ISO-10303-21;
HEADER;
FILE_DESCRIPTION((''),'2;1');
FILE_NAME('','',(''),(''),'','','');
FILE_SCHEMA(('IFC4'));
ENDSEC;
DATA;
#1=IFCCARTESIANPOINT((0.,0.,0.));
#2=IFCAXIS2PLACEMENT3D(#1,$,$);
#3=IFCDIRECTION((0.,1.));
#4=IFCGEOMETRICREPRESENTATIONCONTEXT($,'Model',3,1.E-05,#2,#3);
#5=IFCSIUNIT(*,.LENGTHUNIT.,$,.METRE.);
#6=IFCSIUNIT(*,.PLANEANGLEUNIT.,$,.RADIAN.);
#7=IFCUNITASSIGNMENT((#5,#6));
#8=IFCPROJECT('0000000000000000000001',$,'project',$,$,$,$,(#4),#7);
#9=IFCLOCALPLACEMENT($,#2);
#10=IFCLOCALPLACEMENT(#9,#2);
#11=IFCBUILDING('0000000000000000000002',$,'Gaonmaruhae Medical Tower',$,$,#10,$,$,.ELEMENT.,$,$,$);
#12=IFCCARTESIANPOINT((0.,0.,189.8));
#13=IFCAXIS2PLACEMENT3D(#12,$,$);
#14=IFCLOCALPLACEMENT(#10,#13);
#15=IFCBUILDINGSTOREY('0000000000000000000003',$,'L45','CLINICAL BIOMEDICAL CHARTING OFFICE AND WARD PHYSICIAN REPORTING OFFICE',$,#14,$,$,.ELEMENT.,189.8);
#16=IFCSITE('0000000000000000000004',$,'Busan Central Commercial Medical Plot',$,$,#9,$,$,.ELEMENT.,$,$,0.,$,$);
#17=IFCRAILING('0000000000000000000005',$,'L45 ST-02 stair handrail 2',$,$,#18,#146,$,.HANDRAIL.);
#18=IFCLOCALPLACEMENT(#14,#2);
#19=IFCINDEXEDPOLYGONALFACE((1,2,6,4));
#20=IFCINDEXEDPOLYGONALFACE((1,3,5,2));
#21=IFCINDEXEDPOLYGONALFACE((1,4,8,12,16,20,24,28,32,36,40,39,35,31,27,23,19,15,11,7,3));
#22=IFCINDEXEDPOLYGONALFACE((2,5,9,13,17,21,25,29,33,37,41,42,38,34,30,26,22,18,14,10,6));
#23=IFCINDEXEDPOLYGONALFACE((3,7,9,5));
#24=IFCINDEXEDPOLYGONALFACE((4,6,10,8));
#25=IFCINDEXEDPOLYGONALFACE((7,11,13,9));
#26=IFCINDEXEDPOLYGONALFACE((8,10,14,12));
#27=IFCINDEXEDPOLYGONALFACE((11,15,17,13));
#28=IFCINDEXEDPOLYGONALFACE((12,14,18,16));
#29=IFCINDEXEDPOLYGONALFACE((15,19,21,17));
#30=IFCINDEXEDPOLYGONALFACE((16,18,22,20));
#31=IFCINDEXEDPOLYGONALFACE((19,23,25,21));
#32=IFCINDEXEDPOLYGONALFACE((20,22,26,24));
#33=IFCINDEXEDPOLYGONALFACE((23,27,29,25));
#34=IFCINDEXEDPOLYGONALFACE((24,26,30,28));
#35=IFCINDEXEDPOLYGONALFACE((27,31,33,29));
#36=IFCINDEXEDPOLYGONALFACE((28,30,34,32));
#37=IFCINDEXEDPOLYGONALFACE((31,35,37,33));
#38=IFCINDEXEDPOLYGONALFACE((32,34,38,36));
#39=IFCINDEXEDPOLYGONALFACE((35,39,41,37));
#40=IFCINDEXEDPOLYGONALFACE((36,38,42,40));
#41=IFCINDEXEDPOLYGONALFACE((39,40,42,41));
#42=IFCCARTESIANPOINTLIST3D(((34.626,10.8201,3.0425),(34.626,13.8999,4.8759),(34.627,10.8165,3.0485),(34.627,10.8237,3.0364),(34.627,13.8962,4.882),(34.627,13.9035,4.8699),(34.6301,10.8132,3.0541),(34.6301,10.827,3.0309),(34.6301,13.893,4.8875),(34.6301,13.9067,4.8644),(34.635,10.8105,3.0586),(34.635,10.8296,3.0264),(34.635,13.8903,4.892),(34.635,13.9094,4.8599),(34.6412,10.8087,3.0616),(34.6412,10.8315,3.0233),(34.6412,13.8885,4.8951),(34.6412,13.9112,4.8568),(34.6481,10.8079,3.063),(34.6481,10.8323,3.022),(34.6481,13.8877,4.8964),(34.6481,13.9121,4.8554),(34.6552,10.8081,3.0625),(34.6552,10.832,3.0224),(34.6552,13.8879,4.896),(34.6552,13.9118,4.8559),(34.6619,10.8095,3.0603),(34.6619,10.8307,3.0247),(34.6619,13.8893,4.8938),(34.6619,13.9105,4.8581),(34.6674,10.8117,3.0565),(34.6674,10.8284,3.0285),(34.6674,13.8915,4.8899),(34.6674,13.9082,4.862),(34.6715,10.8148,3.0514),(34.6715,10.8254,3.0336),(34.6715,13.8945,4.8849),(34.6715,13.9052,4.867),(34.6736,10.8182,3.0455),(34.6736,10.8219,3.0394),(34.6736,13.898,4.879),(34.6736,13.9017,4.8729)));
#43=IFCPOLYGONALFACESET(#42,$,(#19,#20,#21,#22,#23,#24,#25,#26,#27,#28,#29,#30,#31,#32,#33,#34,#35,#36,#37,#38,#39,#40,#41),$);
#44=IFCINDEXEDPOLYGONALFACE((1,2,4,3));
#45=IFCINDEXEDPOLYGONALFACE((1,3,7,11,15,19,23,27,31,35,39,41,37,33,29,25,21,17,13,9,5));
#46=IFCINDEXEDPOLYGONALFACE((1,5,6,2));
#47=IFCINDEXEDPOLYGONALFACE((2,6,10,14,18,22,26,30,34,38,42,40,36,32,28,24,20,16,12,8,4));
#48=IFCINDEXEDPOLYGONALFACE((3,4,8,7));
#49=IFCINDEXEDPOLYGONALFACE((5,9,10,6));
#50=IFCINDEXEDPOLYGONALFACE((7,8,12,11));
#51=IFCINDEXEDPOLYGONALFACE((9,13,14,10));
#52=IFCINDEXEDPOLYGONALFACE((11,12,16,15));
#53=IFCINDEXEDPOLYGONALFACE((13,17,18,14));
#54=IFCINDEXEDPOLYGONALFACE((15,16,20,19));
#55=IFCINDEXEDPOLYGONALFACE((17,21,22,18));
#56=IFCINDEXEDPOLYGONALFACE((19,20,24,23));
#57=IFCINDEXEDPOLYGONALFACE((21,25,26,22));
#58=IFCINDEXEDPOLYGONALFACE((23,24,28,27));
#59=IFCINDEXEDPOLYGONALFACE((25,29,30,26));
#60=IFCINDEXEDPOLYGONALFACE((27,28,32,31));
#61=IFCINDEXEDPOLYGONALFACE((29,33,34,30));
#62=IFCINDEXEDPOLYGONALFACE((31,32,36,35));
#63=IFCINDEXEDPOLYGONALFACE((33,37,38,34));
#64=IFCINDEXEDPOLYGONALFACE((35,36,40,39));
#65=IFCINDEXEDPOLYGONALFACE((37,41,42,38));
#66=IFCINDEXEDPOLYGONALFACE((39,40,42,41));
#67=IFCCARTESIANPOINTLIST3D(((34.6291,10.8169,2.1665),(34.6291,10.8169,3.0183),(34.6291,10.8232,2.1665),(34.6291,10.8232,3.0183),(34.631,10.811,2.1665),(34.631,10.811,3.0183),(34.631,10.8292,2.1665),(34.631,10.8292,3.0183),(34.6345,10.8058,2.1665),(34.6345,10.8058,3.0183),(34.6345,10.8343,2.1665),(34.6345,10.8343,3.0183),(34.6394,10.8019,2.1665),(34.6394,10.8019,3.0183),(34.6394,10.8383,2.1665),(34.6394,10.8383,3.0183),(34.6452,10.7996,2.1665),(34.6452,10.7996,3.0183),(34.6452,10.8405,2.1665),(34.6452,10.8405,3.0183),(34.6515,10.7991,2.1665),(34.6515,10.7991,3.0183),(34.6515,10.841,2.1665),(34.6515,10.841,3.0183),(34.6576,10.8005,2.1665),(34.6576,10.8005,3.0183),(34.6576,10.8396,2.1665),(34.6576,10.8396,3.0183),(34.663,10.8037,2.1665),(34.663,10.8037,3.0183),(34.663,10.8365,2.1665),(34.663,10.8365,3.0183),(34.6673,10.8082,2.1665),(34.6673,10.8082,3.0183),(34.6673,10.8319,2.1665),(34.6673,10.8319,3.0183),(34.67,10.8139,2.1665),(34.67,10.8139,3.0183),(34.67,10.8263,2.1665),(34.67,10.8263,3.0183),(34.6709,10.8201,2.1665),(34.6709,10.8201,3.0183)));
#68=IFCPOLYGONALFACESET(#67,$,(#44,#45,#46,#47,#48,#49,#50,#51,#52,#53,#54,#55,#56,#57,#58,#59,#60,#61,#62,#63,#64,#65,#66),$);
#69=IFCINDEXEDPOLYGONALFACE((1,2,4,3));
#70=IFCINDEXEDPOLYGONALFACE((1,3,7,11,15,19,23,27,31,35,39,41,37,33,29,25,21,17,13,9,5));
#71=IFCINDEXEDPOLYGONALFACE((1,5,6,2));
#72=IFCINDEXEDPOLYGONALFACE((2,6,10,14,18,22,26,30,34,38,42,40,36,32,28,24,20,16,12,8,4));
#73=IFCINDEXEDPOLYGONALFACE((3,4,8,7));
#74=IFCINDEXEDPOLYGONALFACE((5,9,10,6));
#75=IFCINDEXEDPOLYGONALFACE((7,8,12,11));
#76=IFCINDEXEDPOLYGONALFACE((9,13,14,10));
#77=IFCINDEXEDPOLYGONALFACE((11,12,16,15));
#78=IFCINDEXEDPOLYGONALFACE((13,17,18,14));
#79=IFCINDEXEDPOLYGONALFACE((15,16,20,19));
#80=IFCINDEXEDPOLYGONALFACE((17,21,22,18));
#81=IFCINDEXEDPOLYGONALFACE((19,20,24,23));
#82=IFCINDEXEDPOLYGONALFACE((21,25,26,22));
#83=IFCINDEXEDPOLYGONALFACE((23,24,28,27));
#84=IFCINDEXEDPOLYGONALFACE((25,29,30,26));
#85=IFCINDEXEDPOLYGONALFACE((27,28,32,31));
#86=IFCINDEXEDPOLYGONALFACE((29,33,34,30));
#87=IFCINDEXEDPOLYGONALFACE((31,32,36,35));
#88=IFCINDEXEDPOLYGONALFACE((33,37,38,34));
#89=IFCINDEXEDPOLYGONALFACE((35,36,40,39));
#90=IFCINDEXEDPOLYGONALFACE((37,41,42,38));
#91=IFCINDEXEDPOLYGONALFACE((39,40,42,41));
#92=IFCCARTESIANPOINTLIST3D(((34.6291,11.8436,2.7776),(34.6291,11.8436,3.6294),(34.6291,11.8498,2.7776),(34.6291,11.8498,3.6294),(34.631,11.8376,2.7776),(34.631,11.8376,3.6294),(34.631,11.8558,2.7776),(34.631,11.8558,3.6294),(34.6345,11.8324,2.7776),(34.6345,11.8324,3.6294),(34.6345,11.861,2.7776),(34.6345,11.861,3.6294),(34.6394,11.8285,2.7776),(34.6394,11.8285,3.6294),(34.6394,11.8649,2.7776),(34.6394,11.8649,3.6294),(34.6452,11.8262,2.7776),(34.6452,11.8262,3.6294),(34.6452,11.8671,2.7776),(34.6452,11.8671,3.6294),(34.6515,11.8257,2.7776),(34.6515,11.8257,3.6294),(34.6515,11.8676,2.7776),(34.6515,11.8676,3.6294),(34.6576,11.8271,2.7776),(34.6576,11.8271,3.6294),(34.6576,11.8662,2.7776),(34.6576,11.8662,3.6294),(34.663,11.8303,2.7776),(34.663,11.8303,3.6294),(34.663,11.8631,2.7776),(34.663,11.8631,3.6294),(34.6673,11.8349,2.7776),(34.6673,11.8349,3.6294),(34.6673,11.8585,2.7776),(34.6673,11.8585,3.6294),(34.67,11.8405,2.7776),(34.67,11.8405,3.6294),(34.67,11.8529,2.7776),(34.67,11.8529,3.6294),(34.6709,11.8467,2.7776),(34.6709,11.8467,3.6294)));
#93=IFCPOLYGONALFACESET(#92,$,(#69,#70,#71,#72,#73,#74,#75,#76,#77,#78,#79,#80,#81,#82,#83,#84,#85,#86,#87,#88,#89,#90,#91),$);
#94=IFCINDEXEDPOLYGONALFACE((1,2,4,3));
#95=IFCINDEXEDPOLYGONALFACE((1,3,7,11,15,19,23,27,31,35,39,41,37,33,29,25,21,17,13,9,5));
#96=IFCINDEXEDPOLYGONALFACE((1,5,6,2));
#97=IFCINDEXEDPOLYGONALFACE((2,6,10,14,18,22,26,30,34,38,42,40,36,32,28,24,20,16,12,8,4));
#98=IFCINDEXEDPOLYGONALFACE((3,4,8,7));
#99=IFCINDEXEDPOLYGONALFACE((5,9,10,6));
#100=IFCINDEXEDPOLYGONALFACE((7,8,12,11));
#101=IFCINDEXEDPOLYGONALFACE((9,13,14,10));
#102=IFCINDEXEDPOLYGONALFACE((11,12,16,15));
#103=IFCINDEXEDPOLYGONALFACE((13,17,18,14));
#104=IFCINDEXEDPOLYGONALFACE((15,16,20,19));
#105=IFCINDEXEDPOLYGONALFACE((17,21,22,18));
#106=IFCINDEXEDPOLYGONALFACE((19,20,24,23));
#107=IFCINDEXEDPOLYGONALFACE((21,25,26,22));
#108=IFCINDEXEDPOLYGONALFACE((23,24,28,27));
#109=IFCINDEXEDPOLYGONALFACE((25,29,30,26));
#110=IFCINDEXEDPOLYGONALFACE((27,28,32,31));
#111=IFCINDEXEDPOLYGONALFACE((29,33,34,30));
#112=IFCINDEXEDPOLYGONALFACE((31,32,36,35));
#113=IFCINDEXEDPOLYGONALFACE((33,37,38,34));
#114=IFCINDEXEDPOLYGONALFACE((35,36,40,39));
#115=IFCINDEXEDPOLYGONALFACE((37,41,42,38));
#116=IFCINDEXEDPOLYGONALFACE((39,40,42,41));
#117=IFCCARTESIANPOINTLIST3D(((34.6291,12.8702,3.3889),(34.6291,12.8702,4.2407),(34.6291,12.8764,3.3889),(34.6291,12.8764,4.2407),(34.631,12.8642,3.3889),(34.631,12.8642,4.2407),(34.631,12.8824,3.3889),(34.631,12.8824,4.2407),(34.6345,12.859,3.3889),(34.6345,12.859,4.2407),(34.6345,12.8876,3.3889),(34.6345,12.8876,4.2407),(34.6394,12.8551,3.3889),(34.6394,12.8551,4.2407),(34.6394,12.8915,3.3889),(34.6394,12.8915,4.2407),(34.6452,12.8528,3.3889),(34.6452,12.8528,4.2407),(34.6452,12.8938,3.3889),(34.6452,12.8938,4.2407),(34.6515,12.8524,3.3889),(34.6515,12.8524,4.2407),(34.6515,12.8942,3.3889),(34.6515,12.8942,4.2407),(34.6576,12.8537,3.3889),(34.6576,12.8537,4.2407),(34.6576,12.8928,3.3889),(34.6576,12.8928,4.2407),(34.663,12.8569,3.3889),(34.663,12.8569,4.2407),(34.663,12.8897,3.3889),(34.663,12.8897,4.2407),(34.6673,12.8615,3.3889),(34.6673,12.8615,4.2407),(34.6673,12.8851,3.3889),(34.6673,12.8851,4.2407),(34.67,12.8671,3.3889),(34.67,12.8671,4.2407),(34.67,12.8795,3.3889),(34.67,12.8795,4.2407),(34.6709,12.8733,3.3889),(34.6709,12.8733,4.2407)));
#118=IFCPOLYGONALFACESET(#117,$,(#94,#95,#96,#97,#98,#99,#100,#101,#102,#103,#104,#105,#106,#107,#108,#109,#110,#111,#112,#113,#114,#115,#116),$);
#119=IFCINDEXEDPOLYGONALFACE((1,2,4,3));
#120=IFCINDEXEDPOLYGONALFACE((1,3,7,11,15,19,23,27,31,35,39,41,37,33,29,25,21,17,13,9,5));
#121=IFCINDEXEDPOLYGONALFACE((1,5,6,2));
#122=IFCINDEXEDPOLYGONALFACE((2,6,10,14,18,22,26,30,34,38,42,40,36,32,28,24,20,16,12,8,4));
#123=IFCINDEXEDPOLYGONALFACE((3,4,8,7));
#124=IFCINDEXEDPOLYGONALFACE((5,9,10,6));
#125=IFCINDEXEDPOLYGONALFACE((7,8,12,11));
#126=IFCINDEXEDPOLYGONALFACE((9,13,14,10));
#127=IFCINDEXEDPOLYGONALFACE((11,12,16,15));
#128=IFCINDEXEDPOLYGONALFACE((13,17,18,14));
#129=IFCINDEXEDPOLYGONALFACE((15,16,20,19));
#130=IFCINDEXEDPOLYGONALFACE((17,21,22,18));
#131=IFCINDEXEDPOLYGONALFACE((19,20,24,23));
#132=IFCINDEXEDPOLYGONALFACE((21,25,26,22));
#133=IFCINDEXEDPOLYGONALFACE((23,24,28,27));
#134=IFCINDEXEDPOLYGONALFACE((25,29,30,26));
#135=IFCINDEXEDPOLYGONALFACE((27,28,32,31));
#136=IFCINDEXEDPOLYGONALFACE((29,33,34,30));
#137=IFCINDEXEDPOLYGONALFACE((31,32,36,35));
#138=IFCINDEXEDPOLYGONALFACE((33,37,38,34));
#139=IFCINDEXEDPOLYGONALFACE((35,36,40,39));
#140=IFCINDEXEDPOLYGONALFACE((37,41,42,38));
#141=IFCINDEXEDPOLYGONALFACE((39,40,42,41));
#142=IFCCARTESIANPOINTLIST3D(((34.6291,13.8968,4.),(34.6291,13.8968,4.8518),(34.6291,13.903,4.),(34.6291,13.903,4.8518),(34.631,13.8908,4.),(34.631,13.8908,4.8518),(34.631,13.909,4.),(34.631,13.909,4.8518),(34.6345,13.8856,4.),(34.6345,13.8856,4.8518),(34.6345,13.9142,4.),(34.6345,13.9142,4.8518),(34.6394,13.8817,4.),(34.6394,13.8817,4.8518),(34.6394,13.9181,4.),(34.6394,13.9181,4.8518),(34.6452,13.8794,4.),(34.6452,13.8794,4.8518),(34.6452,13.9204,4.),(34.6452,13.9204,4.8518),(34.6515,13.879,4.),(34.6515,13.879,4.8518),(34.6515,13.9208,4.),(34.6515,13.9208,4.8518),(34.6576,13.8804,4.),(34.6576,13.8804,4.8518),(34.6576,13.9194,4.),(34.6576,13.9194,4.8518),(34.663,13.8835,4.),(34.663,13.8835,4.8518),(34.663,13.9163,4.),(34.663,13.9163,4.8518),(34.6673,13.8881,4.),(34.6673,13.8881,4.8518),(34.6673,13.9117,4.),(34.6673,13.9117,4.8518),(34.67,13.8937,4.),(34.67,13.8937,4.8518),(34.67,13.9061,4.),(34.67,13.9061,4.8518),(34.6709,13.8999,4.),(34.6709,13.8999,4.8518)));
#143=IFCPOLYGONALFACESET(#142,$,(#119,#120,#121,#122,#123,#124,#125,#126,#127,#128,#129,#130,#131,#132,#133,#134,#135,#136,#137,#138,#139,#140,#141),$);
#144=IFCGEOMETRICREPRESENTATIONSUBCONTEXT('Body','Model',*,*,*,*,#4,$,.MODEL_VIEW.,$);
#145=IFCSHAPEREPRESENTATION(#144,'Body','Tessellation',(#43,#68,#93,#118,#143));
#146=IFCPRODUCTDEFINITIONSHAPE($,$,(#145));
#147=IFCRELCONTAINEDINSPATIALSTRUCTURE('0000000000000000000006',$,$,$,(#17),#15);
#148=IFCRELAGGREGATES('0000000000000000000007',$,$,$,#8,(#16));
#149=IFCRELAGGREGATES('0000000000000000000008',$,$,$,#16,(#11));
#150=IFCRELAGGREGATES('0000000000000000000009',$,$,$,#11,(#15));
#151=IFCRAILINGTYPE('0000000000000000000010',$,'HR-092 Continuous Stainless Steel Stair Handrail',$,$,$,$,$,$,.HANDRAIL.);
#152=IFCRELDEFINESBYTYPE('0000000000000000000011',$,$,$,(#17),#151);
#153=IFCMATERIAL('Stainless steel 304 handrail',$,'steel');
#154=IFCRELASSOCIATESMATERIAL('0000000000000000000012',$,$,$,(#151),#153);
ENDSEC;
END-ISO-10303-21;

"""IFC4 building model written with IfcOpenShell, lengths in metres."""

from ifc_helpers import new_model, si_unit, direction, frame, origin, origin_2d, place, context, subcontext, project, spatial, circle, extrude, material, type_object, element, save


model = new_model("IFC4")

# Units and contexts
model_context = context("Model", 3, precision=1e-05, world=origin(), true_north=direction((0.0, 1.0)))
body_context = subcontext(model_context, "Body", "Model", "MODEL_VIEW")
ifc_project = project(units=[si_unit("LENGTHUNIT", "METRE"), si_unit("PLANEANGLEUNIT", "RADIAN")], contexts=[model_context])

# Site, building, storey
site_placement = place(None, origin())
site = spatial("IfcSite", under=ifc_project, at=site_placement, Name="Busan Central Commercial Medical Plot", CompositionType="ELEMENT", RefElevation=0.0)
building_placement = place(site_placement, origin())
building = spatial("IfcBuilding", under=site, at=building_placement, Name="Gaonmaruhae Medical Tower", CompositionType="ELEMENT")
storey_placement = place(building_placement, frame((0.0, 0.0, 189.8)))
storey = spatial("IfcBuildingStorey", under=building, at=storey_placement, Name="L45", Description="CLINICAL BIOMEDICAL CHARTING OFFICE AND WARD PHYSICIAN REPORTING OFFICE", CompositionType="ELEMENT", Elevation=189.8)

# Railing
ifc_material_1 = material(Name="Stainless steel 304 handrail", Category="steel")
railing_type_1 = type_object("IfcRailingType", Name="HR-092 Continuous Stainless Steel Stair Handrail", PredefinedType="HANDRAIL", material=ifc_material_1)
railing_1_placement = place(storey_placement, frame((34.6499, 10.8201, 2.1665)))
element("IfcRailing", 1, at=railing_1_placement, inside=storey, type_object=railing_type_1, Name="L45 ST-02 stair handrail 2", PredefinedType="HANDRAIL", context=body_context, shape_type="SweptSolid", body=[
    extrude(circle(Radius=0.0239, at=origin_2d()), frame((0.0, 0.0, 0.876), z_axis=(0.0, 0.859261, 0.511538), x_axis=(-1.0, 0.0, 0.0)), (0.0, 0.0, 1.0), 3.5842),
    extrude(circle(Radius=0.021, at=origin_2d()), origin(), (0.0, 0.0, 1.0), 0.8518),
    extrude(circle(Radius=0.021, at=origin_2d()), frame((0.0, 1.0266, 0.6111)), (0.0, 0.0, 1.0), 0.8518),
    extrude(circle(Radius=0.021, at=origin_2d()), frame((0.0, 2.0532, 1.2224)), (0.0, 0.0, 1.0), 0.8518),
    extrude(circle(Radius=0.021, at=origin_2d()), frame((0.0, 3.0798, 1.8335)), (0.0, 0.0, 1.0), 0.8518),
])

save(model, "model.ifc")
